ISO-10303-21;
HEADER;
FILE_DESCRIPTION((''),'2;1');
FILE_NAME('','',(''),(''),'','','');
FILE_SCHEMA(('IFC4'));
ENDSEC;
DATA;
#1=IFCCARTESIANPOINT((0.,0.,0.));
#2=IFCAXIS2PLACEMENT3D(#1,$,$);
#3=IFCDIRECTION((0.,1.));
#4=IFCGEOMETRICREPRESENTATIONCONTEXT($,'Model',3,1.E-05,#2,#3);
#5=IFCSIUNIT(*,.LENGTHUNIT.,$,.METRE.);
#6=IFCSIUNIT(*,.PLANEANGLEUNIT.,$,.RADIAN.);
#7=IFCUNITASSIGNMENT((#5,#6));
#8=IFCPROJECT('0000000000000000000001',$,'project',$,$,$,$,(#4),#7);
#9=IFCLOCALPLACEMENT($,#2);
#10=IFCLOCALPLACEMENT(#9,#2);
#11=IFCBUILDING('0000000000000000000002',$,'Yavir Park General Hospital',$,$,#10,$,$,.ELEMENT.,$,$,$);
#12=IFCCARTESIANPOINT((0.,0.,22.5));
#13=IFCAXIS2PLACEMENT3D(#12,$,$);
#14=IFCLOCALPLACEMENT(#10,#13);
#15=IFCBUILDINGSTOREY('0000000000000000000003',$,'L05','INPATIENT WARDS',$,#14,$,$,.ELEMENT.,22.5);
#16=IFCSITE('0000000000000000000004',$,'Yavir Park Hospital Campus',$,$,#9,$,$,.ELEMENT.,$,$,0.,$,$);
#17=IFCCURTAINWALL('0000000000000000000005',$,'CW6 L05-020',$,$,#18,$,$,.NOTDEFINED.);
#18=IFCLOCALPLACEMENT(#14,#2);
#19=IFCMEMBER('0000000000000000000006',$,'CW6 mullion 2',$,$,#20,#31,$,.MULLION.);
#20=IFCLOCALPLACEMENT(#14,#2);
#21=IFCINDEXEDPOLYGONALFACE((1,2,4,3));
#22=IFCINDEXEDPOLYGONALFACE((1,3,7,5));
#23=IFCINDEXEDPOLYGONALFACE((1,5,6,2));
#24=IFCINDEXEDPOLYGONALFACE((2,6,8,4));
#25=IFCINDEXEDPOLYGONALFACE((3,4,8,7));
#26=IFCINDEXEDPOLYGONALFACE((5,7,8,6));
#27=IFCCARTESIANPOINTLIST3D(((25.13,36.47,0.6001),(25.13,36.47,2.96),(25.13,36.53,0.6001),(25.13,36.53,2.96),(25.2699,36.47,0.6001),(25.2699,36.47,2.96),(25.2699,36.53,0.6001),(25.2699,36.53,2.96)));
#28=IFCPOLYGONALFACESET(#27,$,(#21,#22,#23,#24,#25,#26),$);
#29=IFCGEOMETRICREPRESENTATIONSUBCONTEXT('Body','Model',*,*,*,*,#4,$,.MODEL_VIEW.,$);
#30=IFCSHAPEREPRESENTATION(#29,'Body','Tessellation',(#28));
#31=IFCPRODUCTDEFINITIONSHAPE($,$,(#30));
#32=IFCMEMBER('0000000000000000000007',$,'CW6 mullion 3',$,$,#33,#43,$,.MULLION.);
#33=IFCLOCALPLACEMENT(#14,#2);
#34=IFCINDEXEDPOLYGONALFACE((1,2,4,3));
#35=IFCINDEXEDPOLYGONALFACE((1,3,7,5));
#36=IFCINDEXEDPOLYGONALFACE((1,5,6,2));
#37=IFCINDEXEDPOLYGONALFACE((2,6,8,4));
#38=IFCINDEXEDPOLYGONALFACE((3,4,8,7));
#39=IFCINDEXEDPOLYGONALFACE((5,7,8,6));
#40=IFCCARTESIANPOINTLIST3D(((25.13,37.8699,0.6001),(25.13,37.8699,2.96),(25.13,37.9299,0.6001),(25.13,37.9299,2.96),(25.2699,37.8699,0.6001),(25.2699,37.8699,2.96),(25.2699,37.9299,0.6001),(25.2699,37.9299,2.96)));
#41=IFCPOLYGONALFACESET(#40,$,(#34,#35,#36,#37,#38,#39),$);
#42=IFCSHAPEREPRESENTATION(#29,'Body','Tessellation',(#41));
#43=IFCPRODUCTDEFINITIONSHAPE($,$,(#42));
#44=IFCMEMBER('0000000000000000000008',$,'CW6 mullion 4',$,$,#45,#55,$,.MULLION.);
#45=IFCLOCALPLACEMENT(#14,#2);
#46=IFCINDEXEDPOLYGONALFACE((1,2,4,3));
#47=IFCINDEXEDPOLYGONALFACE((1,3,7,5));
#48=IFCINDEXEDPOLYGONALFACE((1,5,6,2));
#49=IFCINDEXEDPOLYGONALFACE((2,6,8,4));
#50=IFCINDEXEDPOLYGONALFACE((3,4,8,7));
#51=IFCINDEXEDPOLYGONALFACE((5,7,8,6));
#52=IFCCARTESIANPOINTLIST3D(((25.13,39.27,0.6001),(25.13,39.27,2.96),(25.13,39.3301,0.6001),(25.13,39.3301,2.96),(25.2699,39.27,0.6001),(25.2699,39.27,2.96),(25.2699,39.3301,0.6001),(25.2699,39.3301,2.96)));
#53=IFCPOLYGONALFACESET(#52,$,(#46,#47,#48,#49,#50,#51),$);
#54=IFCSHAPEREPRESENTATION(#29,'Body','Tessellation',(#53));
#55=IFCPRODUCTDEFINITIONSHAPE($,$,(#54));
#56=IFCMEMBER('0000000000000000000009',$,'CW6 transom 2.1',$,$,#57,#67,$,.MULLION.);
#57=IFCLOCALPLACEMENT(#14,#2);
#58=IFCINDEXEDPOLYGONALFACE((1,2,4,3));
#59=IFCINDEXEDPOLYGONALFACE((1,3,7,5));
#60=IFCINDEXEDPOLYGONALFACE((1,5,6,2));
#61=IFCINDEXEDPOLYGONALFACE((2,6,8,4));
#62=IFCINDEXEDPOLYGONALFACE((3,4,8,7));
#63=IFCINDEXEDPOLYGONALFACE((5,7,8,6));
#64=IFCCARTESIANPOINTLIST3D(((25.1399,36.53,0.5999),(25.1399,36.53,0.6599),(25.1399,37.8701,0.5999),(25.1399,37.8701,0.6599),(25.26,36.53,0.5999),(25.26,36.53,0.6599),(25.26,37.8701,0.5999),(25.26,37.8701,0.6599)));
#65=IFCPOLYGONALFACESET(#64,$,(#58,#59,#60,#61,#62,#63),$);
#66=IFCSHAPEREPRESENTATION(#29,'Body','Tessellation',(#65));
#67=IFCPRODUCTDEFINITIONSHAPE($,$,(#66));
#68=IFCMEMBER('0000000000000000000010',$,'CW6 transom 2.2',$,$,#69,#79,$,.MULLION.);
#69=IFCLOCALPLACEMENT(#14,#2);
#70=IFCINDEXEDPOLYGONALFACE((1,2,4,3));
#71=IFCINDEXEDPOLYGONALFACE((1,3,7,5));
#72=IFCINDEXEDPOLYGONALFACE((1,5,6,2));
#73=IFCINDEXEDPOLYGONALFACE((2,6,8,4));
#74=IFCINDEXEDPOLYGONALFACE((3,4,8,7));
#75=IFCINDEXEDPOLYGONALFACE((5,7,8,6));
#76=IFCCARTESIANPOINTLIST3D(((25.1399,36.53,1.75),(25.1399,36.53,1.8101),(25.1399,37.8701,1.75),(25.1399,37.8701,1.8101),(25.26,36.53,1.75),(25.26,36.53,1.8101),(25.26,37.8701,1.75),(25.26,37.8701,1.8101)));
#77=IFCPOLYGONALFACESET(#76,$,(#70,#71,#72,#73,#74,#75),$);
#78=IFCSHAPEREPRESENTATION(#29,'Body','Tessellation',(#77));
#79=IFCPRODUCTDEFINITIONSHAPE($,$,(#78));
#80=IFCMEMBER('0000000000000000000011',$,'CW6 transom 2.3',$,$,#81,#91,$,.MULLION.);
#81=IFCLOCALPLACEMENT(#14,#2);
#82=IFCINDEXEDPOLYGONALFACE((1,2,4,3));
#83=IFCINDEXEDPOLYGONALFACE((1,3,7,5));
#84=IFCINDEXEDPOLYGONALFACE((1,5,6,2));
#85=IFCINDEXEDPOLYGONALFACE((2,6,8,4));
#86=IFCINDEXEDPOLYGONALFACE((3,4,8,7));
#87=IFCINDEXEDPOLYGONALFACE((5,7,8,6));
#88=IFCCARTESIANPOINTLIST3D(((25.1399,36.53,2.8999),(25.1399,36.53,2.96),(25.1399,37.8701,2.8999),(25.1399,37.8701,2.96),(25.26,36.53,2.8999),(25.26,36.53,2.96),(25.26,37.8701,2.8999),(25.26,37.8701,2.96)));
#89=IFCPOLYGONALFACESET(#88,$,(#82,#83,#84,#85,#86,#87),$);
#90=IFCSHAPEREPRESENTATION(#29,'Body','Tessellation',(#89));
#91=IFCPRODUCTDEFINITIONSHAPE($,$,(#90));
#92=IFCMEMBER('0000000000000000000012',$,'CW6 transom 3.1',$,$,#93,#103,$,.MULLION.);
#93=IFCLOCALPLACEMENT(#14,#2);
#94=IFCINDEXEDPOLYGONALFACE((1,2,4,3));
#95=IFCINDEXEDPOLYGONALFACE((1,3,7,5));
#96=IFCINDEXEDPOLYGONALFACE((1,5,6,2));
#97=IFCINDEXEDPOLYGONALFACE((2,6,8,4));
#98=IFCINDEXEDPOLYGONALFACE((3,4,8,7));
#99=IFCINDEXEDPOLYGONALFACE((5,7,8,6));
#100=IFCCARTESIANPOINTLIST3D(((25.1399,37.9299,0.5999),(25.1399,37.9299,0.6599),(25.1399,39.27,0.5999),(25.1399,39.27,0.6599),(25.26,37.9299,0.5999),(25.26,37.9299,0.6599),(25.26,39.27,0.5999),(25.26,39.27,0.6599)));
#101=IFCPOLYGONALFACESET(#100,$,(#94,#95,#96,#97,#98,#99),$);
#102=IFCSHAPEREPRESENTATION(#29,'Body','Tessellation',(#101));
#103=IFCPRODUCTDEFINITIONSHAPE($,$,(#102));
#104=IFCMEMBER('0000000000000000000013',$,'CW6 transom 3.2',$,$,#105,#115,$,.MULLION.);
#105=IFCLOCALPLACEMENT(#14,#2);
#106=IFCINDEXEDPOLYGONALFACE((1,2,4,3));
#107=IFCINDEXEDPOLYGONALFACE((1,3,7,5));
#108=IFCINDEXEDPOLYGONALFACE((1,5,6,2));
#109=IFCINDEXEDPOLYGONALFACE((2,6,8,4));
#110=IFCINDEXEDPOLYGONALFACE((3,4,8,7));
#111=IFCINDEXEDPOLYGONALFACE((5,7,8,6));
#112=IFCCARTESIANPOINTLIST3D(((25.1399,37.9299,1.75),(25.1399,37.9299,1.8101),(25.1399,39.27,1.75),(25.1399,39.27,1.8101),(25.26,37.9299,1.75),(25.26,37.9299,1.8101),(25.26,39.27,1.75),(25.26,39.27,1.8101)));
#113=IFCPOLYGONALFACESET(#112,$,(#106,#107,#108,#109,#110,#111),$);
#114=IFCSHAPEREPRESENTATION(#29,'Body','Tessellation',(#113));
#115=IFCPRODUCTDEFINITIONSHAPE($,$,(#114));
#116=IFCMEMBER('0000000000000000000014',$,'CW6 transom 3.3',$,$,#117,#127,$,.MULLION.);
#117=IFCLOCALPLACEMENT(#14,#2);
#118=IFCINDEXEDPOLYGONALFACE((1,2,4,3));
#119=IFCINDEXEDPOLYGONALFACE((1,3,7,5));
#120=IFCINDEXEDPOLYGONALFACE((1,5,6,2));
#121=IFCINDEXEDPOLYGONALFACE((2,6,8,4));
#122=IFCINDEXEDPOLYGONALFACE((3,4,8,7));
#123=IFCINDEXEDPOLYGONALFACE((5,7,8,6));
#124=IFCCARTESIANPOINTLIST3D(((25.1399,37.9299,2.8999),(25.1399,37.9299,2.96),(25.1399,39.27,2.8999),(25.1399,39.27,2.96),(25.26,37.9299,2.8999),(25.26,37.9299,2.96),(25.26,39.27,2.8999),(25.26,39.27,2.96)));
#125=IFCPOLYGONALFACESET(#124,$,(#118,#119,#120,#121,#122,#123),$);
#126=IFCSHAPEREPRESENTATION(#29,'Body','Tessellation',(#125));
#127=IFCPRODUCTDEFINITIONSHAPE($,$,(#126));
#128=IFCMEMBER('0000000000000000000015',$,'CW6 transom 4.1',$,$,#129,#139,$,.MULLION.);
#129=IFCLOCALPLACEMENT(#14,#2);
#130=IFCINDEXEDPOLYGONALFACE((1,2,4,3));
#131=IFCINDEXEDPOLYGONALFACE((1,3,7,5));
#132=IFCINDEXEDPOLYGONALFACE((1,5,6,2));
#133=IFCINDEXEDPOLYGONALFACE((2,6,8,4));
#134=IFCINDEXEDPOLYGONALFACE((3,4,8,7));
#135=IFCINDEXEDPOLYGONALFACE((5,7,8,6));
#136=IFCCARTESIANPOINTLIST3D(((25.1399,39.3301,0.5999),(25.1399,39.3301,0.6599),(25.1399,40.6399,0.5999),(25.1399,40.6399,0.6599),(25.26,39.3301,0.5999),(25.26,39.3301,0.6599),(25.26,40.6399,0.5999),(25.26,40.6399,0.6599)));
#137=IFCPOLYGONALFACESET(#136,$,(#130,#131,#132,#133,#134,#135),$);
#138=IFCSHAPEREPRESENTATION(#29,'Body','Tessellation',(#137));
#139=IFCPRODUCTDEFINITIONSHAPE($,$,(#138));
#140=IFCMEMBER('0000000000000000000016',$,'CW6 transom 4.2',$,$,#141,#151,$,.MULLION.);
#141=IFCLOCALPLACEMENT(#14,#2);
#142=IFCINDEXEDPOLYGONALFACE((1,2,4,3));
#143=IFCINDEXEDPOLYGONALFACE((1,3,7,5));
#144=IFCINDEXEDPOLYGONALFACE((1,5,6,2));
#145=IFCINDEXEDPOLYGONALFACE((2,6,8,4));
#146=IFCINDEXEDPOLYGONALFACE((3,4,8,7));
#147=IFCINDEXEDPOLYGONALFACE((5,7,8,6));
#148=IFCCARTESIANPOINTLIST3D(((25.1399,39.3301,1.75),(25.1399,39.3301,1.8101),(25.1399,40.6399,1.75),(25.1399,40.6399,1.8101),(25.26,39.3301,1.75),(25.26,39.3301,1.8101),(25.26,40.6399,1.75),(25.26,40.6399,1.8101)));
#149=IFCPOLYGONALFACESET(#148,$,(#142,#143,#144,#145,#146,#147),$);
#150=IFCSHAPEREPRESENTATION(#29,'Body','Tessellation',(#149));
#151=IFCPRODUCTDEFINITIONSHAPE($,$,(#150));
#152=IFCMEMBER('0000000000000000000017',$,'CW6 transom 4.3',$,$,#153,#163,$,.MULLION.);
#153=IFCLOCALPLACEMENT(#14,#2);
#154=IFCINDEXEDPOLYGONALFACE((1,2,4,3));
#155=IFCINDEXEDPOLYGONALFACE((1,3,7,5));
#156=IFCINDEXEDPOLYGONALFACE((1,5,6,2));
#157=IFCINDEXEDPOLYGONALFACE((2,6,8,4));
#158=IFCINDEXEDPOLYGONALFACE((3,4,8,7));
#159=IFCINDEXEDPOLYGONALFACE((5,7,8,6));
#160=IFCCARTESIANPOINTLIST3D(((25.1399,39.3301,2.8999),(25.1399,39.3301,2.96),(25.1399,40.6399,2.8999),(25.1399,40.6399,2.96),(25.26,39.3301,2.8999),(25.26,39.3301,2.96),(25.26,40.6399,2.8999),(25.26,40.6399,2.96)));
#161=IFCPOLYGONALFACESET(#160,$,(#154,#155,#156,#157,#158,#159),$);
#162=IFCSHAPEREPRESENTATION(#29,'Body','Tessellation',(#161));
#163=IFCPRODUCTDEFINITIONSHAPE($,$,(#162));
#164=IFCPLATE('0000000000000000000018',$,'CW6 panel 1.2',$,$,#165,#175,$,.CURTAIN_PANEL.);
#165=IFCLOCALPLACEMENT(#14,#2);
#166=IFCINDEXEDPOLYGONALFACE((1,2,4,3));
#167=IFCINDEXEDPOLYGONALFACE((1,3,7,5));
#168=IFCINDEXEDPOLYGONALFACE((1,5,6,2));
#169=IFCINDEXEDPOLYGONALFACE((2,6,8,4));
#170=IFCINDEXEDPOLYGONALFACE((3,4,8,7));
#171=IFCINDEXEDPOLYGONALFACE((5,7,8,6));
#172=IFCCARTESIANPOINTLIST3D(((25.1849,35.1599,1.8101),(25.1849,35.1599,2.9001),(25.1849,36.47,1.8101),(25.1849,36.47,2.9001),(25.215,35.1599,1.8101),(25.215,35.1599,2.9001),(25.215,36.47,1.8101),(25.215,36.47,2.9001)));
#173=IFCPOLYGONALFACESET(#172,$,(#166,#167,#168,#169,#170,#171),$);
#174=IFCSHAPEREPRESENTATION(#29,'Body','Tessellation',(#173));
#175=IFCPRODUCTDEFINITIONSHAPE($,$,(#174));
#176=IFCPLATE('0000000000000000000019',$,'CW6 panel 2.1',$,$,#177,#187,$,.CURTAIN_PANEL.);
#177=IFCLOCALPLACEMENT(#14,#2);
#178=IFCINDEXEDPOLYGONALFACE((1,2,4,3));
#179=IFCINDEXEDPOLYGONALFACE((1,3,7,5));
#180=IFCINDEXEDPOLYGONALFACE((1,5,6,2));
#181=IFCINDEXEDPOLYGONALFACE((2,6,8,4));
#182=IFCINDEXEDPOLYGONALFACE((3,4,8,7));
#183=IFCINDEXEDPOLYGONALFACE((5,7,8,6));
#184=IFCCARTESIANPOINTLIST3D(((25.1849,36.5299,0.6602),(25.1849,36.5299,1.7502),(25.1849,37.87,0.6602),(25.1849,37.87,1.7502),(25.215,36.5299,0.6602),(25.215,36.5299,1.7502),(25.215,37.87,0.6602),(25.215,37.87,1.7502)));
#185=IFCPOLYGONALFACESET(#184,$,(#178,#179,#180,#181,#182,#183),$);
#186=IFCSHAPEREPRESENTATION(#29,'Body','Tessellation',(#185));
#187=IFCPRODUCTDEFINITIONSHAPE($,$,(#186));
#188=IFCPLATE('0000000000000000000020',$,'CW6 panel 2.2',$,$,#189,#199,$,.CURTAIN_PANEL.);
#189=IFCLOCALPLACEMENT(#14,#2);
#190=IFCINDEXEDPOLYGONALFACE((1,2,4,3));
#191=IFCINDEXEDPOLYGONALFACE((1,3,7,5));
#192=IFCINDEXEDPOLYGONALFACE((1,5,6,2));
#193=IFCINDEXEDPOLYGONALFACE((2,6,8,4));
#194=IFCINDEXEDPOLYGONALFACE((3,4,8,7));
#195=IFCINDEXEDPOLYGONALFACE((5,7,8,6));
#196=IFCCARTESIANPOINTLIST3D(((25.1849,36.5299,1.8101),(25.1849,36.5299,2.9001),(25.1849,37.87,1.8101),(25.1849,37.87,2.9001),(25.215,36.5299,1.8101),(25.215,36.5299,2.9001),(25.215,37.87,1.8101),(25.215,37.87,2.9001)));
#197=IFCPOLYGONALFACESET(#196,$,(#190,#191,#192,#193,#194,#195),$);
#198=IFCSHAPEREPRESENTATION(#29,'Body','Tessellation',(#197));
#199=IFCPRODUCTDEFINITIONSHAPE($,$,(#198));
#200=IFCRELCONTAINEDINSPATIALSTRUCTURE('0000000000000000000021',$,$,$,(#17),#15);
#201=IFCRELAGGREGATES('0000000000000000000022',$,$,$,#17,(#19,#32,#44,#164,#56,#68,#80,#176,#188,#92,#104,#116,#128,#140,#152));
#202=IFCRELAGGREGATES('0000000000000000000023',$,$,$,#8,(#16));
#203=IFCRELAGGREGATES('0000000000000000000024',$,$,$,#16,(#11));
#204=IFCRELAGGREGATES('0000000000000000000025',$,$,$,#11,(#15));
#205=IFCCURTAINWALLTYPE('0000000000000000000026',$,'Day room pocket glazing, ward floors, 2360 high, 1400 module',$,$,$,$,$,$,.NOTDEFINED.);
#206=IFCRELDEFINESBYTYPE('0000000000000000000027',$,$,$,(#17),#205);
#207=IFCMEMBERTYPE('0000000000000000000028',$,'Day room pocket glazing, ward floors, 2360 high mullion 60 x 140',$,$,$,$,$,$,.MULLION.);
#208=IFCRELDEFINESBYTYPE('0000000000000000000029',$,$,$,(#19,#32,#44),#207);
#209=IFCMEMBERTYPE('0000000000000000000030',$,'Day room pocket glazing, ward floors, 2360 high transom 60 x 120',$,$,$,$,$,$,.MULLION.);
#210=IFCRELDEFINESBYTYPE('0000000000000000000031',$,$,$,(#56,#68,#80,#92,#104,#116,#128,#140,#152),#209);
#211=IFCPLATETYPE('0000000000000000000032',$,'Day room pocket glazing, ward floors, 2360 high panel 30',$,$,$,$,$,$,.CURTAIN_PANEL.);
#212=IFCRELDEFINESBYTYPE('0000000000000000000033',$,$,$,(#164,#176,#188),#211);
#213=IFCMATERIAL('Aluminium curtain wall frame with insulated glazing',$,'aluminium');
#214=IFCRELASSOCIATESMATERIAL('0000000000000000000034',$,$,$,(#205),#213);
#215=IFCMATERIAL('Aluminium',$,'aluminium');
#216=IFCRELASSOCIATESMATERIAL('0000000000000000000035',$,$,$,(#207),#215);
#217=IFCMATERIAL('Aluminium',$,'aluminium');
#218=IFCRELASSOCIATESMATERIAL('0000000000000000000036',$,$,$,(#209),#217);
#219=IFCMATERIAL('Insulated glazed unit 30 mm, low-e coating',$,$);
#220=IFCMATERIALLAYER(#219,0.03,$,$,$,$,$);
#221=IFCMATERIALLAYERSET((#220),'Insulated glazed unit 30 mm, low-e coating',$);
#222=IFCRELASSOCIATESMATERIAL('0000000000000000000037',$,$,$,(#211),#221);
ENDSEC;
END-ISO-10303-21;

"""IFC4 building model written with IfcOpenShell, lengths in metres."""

from ifc_helpers import new_model, si_unit, direction, frame, origin, origin_2d, place, context, subcontext, project, spatial, rectangle, extrude, material, layer, layer_set, material_profile, profile_set, type_object, element, aggregate, save


model = new_model("IFC4")

# Units and contexts
model_context = context("Model", 3, precision=1e-05, world=origin(), true_north=direction((0.0, 1.0)))
body_context = subcontext(model_context, "Body", "Model", "MODEL_VIEW")
ifc_project = project(units=[si_unit("LENGTHUNIT", "METRE"), si_unit("PLANEANGLEUNIT", "RADIAN")], contexts=[model_context])

# Site, building, storey
site_placement = place(None, origin())
site = spatial("IfcSite", under=ifc_project, at=site_placement, Name="Yavir Park Hospital Campus", CompositionType="ELEMENT", RefElevation=0.0)
building_placement = place(site_placement, origin())
building = spatial("IfcBuilding", under=site, at=building_placement, Name="Yavir Park General Hospital", CompositionType="ELEMENT")
storey_placement = place(building_placement, frame((0.0, 0.0, 22.5)))
storey = spatial("IfcBuildingStorey", under=building, at=storey_placement, Name="L05", Description="INPATIENT WARDS", CompositionType="ELEMENT", Elevation=22.5)

# Curtain wall, members, plates
ifc_material_1 = material(Name="Aluminium curtain wall frame with insulated glazing", Category="aluminium")
curtain_wall_type = type_object("IfcCurtainWallType", Name="Day room pocket glazing, ward floors, 2360 high, 1400 module", PredefinedType="NOTDEFINED", material=ifc_material_1)
curtain_wall_placement = place(storey_placement, origin())
curtain_wall = element("IfcCurtainWall", 1, at=curtain_wall_placement, inside=storey, type_object=curtain_wall_type, Name="CW6 L05-020", PredefinedType="NOTDEFINED")
ifc_material_2 = material(Name="Aluminium", Category="aluminium")
ifc_material_profile_1 = material_profile(ifc_material_2, rectangle(XDim=0.1399, YDim=0.0601, at=origin_2d()), Name="AL 60x140")
ifc_profile_set_1 = profile_set([ifc_material_profile_1], Name="Aluminium")
member_type_1 = type_object("IfcMemberType", Name="Day room pocket glazing, ward floors, 2360 high mullion 60 x 140", PredefinedType="MULLION", material=ifc_profile_set_1)
member_1_placement = place(storey_placement, frame((25.2, 36.5, 0.6001), z_axis=(0.0, 0.0, 1.0), x_axis=(-1.0, 0.0, 0.0)))
member_1 = element("IfcMember", 2, at=member_1_placement, type_object=member_type_1, Name="CW6 mullion 2", PredefinedType="MULLION", context=body_context, shape_type="SweptSolid", body=[
    extrude(rectangle(XDim=0.1399, YDim=0.0601, at=origin_2d()), origin(), (0.0, 0.0, 1.0), 2.3599),
])
member_2_placement = place(storey_placement, frame((25.2, 37.8999, 0.6001), z_axis=(0.0, 0.0, 1.0), x_axis=(-1.0, 0.0, 0.0)))
member_2 = element("IfcMember", 3, at=member_2_placement, type_object=member_type_1, Name="CW6 mullion 3", PredefinedType="MULLION", context=body_context, shape_type="SweptSolid", body=[
    extrude(rectangle(XDim=0.1399, YDim=0.0601, at=origin_2d()), origin(), (0.0, 0.0, 1.0), 2.3599),
])
member_3_placement = place(storey_placement, frame((25.2, 39.3, 0.6001), z_axis=(0.0, 0.0, 1.0), x_axis=(-1.0, 0.0, 0.0)))
member_3 = element("IfcMember", 4, at=member_3_placement, type_object=member_type_1, Name="CW6 mullion 4", PredefinedType="MULLION", context=body_context, shape_type="SweptSolid", body=[
    extrude(rectangle(XDim=0.1399, YDim=0.0601, at=origin_2d()), origin(), (0.0, 0.0, 1.0), 2.3599),
])
ifc_material_3 = material(Name="Aluminium", Category="aluminium")
ifc_material_profile_2 = material_profile(ifc_material_3, rectangle(XDim=0.1201, YDim=0.0601, at=origin_2d()), Name="AL 120x60")
ifc_profile_set_2 = profile_set([ifc_material_profile_2], Name="Aluminium")
member_type_2 = type_object("IfcMemberType", Name="Day room pocket glazing, ward floors, 2360 high transom 60 x 120", PredefinedType="MULLION", material=ifc_profile_set_2)
member_4_placement = place(storey_placement, frame((25.2, 36.53, 0.6299), z_axis=(0.0, 1.0, 0.0), x_axis=(-1.0, 0.0, 0.0)))
member_4 = element("IfcMember", 5, at=member_4_placement, type_object=member_type_2, Name="CW6 transom 2.1", PredefinedType="MULLION", context=body_context, shape_type="SweptSolid", body=[
    extrude(rectangle(XDim=0.1201, YDim=0.0601, at=origin_2d()), origin(), (0.0, 0.0, 1.0), 1.3401),
])
member_5_placement = place(storey_placement, frame((25.2, 36.53, 1.78), z_axis=(0.0, 1.0, 0.0), x_axis=(-1.0, 0.0, 0.0)))
member_5 = element("IfcMember", 6, at=member_5_placement, type_object=member_type_2, Name="CW6 transom 2.2", PredefinedType="MULLION", context=body_context, shape_type="SweptSolid", body=[
    extrude(rectangle(XDim=0.1201, YDim=0.0601, at=origin_2d()), origin(), (0.0, 0.0, 1.0), 1.3401),
])
member_6_placement = place(storey_placement, frame((25.2, 36.53, 2.9299), z_axis=(0.0, 1.0, 0.0), x_axis=(-1.0, 0.0, 0.0)))
member_6 = element("IfcMember", 7, at=member_6_placement, type_object=member_type_2, Name="CW6 transom 2.3", PredefinedType="MULLION", context=body_context, shape_type="SweptSolid", body=[
    extrude(rectangle(XDim=0.1201, YDim=0.0601, at=origin_2d()), origin(), (0.0, 0.0, 1.0), 1.3401),
])
member_7_placement = place(storey_placement, frame((25.2, 37.9299, 0.6299), z_axis=(0.0, 1.0, 0.0), x_axis=(-1.0, 0.0, 0.0)))
member_7 = element("IfcMember", 8, at=member_7_placement, type_object=member_type_2, Name="CW6 transom 3.1", PredefinedType="MULLION", context=body_context, shape_type="SweptSolid", body=[
    extrude(rectangle(XDim=0.1201, YDim=0.0601, at=origin_2d()), origin(), (0.0, 0.0, 1.0), 1.3401),
])
member_8_placement = place(storey_placement, frame((25.2, 37.9299, 1.78), z_axis=(0.0, 1.0, 0.0), x_axis=(-1.0, 0.0, 0.0)))
member_8 = element("IfcMember", 9, at=member_8_placement, type_object=member_type_2, Name="CW6 transom 3.2", PredefinedType="MULLION", context=body_context, shape_type="SweptSolid", body=[
    extrude(rectangle(XDim=0.1201, YDim=0.0601, at=origin_2d()), origin(), (0.0, 0.0, 1.0), 1.3401),
])
member_9_placement = place(storey_placement, frame((25.2, 37.9299, 2.9299), z_axis=(0.0, 1.0, 0.0), x_axis=(-1.0, 0.0, 0.0)))
member_9 = element("IfcMember", 10, at=member_9_placement, type_object=member_type_2, Name="CW6 transom 3.3", PredefinedType="MULLION", context=body_context, shape_type="SweptSolid", body=[
    extrude(rectangle(XDim=0.1201, YDim=0.0601, at=origin_2d()), origin(), (0.0, 0.0, 1.0), 1.3401),
])
member_10_placement = place(storey_placement, frame((25.2, 39.3301, 0.6299), z_axis=(0.0, 1.0, 0.0), x_axis=(-1.0, 0.0, 0.0)))
member_10 = element("IfcMember", 11, at=member_10_placement, type_object=member_type_2, Name="CW6 transom 4.1", PredefinedType="MULLION", context=body_context, shape_type="SweptSolid", body=[
    extrude(rectangle(XDim=0.1201, YDim=0.0601, at=origin_2d()), origin(), (0.0, 0.0, 1.0), 1.3098),
])
member_11_placement = place(storey_placement, frame((25.2, 39.3301, 1.78), z_axis=(0.0, 1.0, 0.0), x_axis=(-1.0, 0.0, 0.0)))
member_11 = element("IfcMember", 12, at=member_11_placement, type_object=member_type_2, Name="CW6 transom 4.2", PredefinedType="MULLION", context=body_context, shape_type="SweptSolid", body=[
    extrude(rectangle(XDim=0.1201, YDim=0.0601, at=origin_2d()), origin(), (0.0, 0.0, 1.0), 1.3098),
])
member_12_placement = place(storey_placement, frame((25.2, 39.3301, 2.9299), z_axis=(0.0, 1.0, 0.0), x_axis=(-1.0, 0.0, 0.0)))
member_12 = element("IfcMember", 13, at=member_12_placement, type_object=member_type_2, Name="CW6 transom 4.3", PredefinedType="MULLION", context=body_context, shape_type="SweptSolid", body=[
    extrude(rectangle(XDim=0.1201, YDim=0.0601, at=origin_2d()), origin(), (0.0, 0.0, 1.0), 1.3098),
])
ifc_material_4 = material(Name="Insulated glazed unit 30 mm, low-e coating")
ifc_layer = layer(ifc_material_4, 0.03)
ifc_layer_set = layer_set([ifc_layer], Name="Insulated glazed unit 30 mm, low-e coating")
plate_type = type_object("IfcPlateType", Name="Day room pocket glazing, ward floors, 2360 high panel 30", PredefinedType="CURTAIN_PANEL", material=ifc_layer_set)
plate_1_placement = place(storey_placement, frame((25.2, 35.8149, 1.8101), z_axis=(0.0, 0.0, 1.0), x_axis=(0.0, 1.0, 0.0)))
plate_1 = element("IfcPlate", 14, at=plate_1_placement, type_object=plate_type, Name="CW6 panel 1.2", PredefinedType="CURTAIN_PANEL", context=body_context, shape_type="SweptSolid", body=[
    extrude(rectangle(XDim=1.3101, YDim=0.03, at=origin_2d()), origin(), (0.0, 0.0, 1.0), 1.0901),
])
plate_2_placement = place(storey_placement, frame((25.2, 37.2, 0.6602), z_axis=(0.0, 0.0, 1.0), x_axis=(0.0, 1.0, 0.0)))
plate_2 = element("IfcPlate", 15, at=plate_2_placement, type_object=plate_type, Name="CW6 panel 2.1", PredefinedType="CURTAIN_PANEL", context=body_context, shape_type="SweptSolid", body=[
    extrude(rectangle(XDim=1.3401, YDim=0.03, at=origin_2d()), origin(), (0.0, 0.0, 1.0), 1.0901),
])
plate_3_placement = place(storey_placement, frame((25.2, 37.2, 1.8101), z_axis=(0.0, 0.0, 1.0), x_axis=(0.0, 1.0, 0.0)))
plate_3 = element("IfcPlate", 16, at=plate_3_placement, type_object=plate_type, Name="CW6 panel 2.2", PredefinedType="CURTAIN_PANEL", context=body_context, shape_type="SweptSolid", body=[
    extrude(rectangle(XDim=1.3401, YDim=0.03, at=origin_2d()), origin(), (0.0, 0.0, 1.0), 1.0901),
])
aggregate(curtain_wall, [member_1, member_2, member_3, plate_1, member_4, member_5, member_6, plate_2, plate_3, member_7, member_8, member_9, member_10, member_11, member_12])

save(model, "model.ifc")
